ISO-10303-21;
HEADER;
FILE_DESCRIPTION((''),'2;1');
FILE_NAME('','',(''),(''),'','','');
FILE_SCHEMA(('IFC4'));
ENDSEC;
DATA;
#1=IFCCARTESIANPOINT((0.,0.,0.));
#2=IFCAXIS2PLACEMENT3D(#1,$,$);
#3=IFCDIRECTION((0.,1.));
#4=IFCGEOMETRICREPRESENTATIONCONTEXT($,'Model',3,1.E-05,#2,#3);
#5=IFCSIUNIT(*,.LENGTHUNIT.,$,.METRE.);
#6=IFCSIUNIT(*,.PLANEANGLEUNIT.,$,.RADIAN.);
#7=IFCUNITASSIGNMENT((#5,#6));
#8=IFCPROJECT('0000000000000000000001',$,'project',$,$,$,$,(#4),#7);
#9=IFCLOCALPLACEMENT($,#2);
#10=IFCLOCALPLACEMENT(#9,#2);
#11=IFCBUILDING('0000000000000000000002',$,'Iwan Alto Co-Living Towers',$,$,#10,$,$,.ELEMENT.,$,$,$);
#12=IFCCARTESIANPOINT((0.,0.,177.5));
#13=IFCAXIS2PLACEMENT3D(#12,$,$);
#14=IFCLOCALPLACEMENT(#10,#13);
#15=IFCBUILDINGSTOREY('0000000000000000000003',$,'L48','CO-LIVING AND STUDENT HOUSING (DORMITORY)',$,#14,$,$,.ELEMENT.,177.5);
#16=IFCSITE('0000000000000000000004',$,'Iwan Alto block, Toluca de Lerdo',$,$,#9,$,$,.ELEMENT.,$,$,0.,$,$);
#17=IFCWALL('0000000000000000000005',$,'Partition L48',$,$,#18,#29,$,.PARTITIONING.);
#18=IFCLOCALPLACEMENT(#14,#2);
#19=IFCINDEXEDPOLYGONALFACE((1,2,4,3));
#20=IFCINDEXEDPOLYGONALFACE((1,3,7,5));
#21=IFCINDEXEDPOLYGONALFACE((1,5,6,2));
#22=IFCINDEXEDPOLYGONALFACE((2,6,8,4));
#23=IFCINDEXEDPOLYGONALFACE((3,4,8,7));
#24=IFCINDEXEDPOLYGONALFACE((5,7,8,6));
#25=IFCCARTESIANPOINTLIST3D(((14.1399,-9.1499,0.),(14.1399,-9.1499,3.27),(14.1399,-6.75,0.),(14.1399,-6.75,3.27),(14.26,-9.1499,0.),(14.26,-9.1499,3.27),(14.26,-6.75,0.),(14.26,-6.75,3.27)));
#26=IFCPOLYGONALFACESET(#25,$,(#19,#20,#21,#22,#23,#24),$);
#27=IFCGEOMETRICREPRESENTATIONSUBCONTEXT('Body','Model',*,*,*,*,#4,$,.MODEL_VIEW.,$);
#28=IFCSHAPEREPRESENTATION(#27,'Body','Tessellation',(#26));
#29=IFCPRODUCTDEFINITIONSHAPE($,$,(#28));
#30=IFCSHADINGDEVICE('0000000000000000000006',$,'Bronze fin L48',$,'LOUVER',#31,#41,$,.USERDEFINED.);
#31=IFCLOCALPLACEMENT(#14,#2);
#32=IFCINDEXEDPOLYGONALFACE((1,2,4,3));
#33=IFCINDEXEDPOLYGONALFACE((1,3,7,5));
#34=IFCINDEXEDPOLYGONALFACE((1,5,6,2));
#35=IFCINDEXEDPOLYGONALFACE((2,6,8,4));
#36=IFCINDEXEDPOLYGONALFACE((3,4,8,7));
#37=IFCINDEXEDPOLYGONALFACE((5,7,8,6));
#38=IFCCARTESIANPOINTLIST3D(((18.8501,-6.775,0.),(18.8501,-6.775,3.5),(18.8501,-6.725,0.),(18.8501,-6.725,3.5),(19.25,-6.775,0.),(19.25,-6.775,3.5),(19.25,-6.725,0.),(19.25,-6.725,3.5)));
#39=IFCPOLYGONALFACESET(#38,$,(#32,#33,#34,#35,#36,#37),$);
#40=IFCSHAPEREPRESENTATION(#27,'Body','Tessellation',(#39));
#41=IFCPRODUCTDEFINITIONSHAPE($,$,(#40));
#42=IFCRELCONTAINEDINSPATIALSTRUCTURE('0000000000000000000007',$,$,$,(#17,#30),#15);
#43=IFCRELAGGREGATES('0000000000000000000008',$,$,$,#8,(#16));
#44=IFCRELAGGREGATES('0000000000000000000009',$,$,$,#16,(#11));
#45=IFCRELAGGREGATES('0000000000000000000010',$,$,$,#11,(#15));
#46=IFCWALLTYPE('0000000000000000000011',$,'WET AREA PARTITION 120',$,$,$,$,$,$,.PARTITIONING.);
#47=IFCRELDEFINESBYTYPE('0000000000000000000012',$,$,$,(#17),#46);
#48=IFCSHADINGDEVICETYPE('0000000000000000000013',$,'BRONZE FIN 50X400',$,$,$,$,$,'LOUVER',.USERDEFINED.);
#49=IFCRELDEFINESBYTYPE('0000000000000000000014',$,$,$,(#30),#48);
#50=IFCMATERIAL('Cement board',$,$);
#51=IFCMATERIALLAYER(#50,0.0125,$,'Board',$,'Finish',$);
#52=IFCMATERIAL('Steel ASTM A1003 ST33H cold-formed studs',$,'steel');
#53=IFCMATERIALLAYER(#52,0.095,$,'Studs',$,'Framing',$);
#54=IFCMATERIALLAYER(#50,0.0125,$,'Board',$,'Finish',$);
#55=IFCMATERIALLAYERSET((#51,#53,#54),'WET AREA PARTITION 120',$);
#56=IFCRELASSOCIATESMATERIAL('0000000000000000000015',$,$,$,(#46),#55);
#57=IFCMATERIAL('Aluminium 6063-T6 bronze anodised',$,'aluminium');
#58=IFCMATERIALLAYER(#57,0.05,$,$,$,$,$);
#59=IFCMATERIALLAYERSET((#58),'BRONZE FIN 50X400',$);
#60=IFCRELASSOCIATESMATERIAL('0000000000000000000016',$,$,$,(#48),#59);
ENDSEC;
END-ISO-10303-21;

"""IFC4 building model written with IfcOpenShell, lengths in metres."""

from ifc_helpers import new_model, si_unit, direction, frame, frame_2d, origin, origin_2d, place, context, subcontext, project, spatial, rectangle, extrude, material, layer, layer_set, type_object, element, save


model = new_model("IFC4")

# Units and contexts
model_context = context("Model", 3, precision=1e-05, world=origin(), true_north=direction((0.0, 1.0)))
body_context = subcontext(model_context, "Body", "Model", "MODEL_VIEW")
ifc_project = project(units=[si_unit("LENGTHUNIT", "METRE"), si_unit("PLANEANGLEUNIT", "RADIAN")], contexts=[model_context])

# Site, building, storey
site_placement = place(None, origin())
site = spatial("IfcSite", under=ifc_project, at=site_placement, Name="Iwan Alto block, Toluca de Lerdo", CompositionType="ELEMENT", RefElevation=0.0)
building_placement = place(site_placement, origin())
building = spatial("IfcBuilding", under=site, at=building_placement, Name="Iwan Alto Co-Living Towers", CompositionType="ELEMENT")
storey_placement = place(building_placement, frame((0.0, 0.0, 177.5)))
storey = spatial("IfcBuildingStorey", under=building, at=storey_placement, Name="L48", Description="CO-LIVING AND STUDENT HOUSING (DORMITORY)", CompositionType="ELEMENT", Elevation=177.5)

# Shared definitions
ifc_material_1 = material(Name="Steel ASTM A1003 ST33H cold-formed studs", Category="steel")

# Wall
ifc_material_2 = material(Name="Cement board")
ifc_layer_1 = layer(ifc_material_2, 0.0125, Name="Board", Category="Finish")
ifc_layer_2 = layer(ifc_material_1, 0.095, Name="Studs", Category="Framing")
ifc_layer_3 = layer(ifc_material_2, 0.0125, Name="Board", Category="Finish")
ifc_layer_set_1 = layer_set([ifc_layer_1, ifc_layer_2, ifc_layer_3], Name="WET AREA PARTITION 120")
wall_type_1 = type_object("IfcWallType", Name="WET AREA PARTITION 120", PredefinedType="PARTITIONING", material=ifc_layer_set_1)
wall_1_placement = place(storey_placement, frame((14.2, -9.1499, 0.0), z_axis=(0.0, 0.0, 1.0), x_axis=(0.0, 1.0, 0.0)))
element("IfcWall", 1, at=wall_1_placement, inside=storey, type_object=wall_type_1, Name="Partition L48", PredefinedType="PARTITIONING", context=body_context, shape_type="SweptSolid", body=[
    extrude(rectangle(XDim=2.3999, YDim=0.1201, at=frame_2d((1.2, 0.0))), origin(), (0.0, 0.0, 1.0), 3.27),
])

# Shading device
ifc_material_3 = material(Name="Aluminium 6063-T6 bronze anodised", Category="aluminium")
ifc_layer_4 = layer(ifc_material_3, 0.05)
ifc_layer_set_2 = layer_set([ifc_layer_4], Name="BRONZE FIN 50X400")
shading_device_type = type_object("IfcShadingDeviceType", Name="BRONZE FIN 50X400", ElementType="LOUVER", PredefinedType="USERDEFINED", material=ifc_layer_set_2)
shading_device_placement = place(storey_placement, frame((19.05, -6.75, 0.0), z_axis=(0.0, 0.0, 1.0), x_axis=(0.0, 1.0, 0.0)))
element("IfcShadingDevice", 2, at=shading_device_placement, inside=storey, type_object=shading_device_type, Name="Bronze fin L48", ObjectType="LOUVER", PredefinedType="USERDEFINED", context=body_context, shape_type="SweptSolid", body=[
    extrude(rectangle(XDim=0.05, YDim=0.3999, at=origin_2d()), origin(), (0.0, 0.0, 1.0), 3.5),
])

save(model, "model.ifc")
